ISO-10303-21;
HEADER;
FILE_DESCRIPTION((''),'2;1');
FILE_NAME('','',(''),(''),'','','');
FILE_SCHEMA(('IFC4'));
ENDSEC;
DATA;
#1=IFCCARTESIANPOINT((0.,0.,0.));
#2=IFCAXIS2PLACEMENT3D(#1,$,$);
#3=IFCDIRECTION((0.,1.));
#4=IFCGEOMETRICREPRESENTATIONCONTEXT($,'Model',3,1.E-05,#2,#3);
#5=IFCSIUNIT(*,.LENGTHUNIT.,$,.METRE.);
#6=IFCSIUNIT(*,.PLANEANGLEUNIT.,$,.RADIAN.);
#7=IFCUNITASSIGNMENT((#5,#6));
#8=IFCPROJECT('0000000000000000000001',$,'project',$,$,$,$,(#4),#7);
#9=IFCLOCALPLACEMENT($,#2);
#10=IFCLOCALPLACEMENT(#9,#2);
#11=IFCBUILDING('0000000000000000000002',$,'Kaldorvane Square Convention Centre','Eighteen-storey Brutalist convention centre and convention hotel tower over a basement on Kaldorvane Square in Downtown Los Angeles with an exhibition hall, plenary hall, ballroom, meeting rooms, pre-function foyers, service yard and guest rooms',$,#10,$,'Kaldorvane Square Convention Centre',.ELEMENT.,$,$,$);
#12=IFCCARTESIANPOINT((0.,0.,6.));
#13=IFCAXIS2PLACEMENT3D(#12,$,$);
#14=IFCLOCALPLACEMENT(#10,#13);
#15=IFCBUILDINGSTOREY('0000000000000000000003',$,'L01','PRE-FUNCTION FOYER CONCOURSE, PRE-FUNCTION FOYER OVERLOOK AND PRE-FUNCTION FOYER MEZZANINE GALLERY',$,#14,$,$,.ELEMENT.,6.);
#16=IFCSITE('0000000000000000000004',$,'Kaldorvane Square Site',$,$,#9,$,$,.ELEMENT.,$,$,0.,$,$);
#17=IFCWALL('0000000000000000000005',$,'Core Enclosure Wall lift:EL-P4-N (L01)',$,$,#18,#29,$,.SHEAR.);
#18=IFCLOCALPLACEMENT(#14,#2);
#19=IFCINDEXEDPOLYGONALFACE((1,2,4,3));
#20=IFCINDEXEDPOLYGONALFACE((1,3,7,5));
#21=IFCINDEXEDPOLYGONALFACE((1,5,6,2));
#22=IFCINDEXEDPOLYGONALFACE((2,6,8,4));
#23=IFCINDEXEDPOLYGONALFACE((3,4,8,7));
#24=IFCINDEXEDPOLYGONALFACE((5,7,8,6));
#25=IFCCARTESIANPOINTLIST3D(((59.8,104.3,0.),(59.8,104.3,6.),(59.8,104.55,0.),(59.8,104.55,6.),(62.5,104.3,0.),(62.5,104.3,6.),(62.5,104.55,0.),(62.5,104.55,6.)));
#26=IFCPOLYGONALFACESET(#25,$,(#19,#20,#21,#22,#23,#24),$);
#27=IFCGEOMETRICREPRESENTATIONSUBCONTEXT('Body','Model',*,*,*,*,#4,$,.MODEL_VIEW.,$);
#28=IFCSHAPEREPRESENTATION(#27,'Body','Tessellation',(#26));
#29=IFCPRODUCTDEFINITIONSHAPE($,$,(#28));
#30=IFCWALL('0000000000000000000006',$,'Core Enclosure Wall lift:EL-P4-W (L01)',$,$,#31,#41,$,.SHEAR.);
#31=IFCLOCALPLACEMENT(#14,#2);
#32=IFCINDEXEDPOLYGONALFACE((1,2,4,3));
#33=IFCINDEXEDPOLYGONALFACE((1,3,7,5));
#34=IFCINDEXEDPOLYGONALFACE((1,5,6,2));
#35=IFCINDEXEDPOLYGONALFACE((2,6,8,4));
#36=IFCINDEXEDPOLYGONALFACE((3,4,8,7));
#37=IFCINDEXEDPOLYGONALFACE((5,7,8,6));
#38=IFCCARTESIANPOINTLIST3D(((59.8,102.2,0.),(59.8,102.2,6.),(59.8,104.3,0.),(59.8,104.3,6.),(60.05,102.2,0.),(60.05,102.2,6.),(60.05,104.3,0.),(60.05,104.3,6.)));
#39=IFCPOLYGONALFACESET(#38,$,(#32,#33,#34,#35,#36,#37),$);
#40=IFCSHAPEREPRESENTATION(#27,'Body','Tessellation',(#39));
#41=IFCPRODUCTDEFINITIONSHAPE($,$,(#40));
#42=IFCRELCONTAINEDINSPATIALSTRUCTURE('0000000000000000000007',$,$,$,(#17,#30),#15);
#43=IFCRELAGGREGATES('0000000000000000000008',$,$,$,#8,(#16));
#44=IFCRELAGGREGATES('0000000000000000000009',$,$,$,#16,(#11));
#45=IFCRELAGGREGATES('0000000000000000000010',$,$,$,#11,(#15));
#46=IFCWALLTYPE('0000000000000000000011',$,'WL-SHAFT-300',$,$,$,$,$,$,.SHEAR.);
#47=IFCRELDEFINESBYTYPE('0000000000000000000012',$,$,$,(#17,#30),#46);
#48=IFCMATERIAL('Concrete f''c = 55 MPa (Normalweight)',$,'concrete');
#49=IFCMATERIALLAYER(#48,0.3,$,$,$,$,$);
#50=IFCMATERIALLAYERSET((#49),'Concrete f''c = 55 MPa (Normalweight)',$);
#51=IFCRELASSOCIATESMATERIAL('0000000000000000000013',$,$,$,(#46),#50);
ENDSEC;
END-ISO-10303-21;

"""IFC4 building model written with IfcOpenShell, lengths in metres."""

from ifc_helpers import new_model, si_unit, direction, frame, frame_2d, origin, place, context, subcontext, project, spatial, rectangle, extrude, material, layer, layer_set, type_object, element, save


model = new_model("IFC4")

# Units and contexts
model_context = context("Model", 3, precision=1e-05, world=origin(), true_north=direction((0.0, 1.0)))
body_context = subcontext(model_context, "Body", "Model", "MODEL_VIEW")
ifc_project = project(units=[si_unit("LENGTHUNIT", "METRE"), si_unit("PLANEANGLEUNIT", "RADIAN")], contexts=[model_context])

# Site, building, storey
site_placement = place(None, origin())
site = spatial("IfcSite", under=ifc_project, at=site_placement, Name="Kaldorvane Square Site", CompositionType="ELEMENT", RefElevation=0.0)
building_placement = place(site_placement, origin())
building = spatial("IfcBuilding", under=site, at=building_placement, Name="Kaldorvane Square Convention Centre", Description="Eighteen-storey Brutalist convention centre and convention hotel tower over a basement on Kaldorvane Square in Downtown Los Angeles with an exhibition hall, plenary hall, ballroom, meeting rooms, pre-function foyers, service yard and guest rooms", LongName="Kaldorvane Square Convention Centre", CompositionType="ELEMENT")
storey_placement = place(building_placement, frame((0.0, 0.0, 6.0)))
storey = spatial("IfcBuildingStorey", under=building, at=storey_placement, Name="L01", Description="PRE-FUNCTION FOYER CONCOURSE, PRE-FUNCTION FOYER OVERLOOK AND PRE-FUNCTION FOYER MEZZANINE GALLERY", CompositionType="ELEMENT", Elevation=6.0)

# Shared definitions
ifc_material_1 = material(Name="Concrete f'c = 55 MPa (Normalweight)", Category="concrete")

# Walls
ifc_layer_1 = layer(ifc_material_1, 0.3)
ifc_layer_set_1 = layer_set([ifc_layer_1], Name="Concrete f'c = 55 MPa (Normalweight)")
wall_type_1 = type_object("IfcWallType", Name="WL-SHAFT-300", PredefinedType="SHEAR", material=ifc_layer_set_1)
wall_1_placement = place(storey_placement, frame((62.5, 104.425, 0.0), z_axis=(0.0, 0.0, 1.0), x_axis=(-1.0, 0.0, 0.0)))
element("IfcWall", 1, at=wall_1_placement, inside=storey, type_object=wall_type_1, Name="Core Enclosure Wall lift:EL-P4-N (L01)", PredefinedType="SHEAR", context=body_context, shape_type="SweptSolid", body=[
    extrude(rectangle(XDim=2.7, YDim=0.25, at=frame_2d((1.35, 0.0))), origin(), (0.0, 0.0, 1.0), 6.0),
])
wall_2_placement = place(storey_placement, frame((59.925, 104.3, 0.0), z_axis=(0.0, 0.0, 1.0), x_axis=(0.0, -1.0, 0.0)))
element("IfcWall", 2, at=wall_2_placement, inside=storey, type_object=wall_type_1, Name="Core Enclosure Wall lift:EL-P4-W (L01)", PredefinedType="SHEAR", context=body_context, shape_type="SweptSolid", body=[
    extrude(rectangle(XDim=2.1, YDim=0.25, at=frame_2d((1.05, 0.0))), origin(), (0.0, 0.0, 1.0), 6.0),
])

save(model, "model.ifc")
